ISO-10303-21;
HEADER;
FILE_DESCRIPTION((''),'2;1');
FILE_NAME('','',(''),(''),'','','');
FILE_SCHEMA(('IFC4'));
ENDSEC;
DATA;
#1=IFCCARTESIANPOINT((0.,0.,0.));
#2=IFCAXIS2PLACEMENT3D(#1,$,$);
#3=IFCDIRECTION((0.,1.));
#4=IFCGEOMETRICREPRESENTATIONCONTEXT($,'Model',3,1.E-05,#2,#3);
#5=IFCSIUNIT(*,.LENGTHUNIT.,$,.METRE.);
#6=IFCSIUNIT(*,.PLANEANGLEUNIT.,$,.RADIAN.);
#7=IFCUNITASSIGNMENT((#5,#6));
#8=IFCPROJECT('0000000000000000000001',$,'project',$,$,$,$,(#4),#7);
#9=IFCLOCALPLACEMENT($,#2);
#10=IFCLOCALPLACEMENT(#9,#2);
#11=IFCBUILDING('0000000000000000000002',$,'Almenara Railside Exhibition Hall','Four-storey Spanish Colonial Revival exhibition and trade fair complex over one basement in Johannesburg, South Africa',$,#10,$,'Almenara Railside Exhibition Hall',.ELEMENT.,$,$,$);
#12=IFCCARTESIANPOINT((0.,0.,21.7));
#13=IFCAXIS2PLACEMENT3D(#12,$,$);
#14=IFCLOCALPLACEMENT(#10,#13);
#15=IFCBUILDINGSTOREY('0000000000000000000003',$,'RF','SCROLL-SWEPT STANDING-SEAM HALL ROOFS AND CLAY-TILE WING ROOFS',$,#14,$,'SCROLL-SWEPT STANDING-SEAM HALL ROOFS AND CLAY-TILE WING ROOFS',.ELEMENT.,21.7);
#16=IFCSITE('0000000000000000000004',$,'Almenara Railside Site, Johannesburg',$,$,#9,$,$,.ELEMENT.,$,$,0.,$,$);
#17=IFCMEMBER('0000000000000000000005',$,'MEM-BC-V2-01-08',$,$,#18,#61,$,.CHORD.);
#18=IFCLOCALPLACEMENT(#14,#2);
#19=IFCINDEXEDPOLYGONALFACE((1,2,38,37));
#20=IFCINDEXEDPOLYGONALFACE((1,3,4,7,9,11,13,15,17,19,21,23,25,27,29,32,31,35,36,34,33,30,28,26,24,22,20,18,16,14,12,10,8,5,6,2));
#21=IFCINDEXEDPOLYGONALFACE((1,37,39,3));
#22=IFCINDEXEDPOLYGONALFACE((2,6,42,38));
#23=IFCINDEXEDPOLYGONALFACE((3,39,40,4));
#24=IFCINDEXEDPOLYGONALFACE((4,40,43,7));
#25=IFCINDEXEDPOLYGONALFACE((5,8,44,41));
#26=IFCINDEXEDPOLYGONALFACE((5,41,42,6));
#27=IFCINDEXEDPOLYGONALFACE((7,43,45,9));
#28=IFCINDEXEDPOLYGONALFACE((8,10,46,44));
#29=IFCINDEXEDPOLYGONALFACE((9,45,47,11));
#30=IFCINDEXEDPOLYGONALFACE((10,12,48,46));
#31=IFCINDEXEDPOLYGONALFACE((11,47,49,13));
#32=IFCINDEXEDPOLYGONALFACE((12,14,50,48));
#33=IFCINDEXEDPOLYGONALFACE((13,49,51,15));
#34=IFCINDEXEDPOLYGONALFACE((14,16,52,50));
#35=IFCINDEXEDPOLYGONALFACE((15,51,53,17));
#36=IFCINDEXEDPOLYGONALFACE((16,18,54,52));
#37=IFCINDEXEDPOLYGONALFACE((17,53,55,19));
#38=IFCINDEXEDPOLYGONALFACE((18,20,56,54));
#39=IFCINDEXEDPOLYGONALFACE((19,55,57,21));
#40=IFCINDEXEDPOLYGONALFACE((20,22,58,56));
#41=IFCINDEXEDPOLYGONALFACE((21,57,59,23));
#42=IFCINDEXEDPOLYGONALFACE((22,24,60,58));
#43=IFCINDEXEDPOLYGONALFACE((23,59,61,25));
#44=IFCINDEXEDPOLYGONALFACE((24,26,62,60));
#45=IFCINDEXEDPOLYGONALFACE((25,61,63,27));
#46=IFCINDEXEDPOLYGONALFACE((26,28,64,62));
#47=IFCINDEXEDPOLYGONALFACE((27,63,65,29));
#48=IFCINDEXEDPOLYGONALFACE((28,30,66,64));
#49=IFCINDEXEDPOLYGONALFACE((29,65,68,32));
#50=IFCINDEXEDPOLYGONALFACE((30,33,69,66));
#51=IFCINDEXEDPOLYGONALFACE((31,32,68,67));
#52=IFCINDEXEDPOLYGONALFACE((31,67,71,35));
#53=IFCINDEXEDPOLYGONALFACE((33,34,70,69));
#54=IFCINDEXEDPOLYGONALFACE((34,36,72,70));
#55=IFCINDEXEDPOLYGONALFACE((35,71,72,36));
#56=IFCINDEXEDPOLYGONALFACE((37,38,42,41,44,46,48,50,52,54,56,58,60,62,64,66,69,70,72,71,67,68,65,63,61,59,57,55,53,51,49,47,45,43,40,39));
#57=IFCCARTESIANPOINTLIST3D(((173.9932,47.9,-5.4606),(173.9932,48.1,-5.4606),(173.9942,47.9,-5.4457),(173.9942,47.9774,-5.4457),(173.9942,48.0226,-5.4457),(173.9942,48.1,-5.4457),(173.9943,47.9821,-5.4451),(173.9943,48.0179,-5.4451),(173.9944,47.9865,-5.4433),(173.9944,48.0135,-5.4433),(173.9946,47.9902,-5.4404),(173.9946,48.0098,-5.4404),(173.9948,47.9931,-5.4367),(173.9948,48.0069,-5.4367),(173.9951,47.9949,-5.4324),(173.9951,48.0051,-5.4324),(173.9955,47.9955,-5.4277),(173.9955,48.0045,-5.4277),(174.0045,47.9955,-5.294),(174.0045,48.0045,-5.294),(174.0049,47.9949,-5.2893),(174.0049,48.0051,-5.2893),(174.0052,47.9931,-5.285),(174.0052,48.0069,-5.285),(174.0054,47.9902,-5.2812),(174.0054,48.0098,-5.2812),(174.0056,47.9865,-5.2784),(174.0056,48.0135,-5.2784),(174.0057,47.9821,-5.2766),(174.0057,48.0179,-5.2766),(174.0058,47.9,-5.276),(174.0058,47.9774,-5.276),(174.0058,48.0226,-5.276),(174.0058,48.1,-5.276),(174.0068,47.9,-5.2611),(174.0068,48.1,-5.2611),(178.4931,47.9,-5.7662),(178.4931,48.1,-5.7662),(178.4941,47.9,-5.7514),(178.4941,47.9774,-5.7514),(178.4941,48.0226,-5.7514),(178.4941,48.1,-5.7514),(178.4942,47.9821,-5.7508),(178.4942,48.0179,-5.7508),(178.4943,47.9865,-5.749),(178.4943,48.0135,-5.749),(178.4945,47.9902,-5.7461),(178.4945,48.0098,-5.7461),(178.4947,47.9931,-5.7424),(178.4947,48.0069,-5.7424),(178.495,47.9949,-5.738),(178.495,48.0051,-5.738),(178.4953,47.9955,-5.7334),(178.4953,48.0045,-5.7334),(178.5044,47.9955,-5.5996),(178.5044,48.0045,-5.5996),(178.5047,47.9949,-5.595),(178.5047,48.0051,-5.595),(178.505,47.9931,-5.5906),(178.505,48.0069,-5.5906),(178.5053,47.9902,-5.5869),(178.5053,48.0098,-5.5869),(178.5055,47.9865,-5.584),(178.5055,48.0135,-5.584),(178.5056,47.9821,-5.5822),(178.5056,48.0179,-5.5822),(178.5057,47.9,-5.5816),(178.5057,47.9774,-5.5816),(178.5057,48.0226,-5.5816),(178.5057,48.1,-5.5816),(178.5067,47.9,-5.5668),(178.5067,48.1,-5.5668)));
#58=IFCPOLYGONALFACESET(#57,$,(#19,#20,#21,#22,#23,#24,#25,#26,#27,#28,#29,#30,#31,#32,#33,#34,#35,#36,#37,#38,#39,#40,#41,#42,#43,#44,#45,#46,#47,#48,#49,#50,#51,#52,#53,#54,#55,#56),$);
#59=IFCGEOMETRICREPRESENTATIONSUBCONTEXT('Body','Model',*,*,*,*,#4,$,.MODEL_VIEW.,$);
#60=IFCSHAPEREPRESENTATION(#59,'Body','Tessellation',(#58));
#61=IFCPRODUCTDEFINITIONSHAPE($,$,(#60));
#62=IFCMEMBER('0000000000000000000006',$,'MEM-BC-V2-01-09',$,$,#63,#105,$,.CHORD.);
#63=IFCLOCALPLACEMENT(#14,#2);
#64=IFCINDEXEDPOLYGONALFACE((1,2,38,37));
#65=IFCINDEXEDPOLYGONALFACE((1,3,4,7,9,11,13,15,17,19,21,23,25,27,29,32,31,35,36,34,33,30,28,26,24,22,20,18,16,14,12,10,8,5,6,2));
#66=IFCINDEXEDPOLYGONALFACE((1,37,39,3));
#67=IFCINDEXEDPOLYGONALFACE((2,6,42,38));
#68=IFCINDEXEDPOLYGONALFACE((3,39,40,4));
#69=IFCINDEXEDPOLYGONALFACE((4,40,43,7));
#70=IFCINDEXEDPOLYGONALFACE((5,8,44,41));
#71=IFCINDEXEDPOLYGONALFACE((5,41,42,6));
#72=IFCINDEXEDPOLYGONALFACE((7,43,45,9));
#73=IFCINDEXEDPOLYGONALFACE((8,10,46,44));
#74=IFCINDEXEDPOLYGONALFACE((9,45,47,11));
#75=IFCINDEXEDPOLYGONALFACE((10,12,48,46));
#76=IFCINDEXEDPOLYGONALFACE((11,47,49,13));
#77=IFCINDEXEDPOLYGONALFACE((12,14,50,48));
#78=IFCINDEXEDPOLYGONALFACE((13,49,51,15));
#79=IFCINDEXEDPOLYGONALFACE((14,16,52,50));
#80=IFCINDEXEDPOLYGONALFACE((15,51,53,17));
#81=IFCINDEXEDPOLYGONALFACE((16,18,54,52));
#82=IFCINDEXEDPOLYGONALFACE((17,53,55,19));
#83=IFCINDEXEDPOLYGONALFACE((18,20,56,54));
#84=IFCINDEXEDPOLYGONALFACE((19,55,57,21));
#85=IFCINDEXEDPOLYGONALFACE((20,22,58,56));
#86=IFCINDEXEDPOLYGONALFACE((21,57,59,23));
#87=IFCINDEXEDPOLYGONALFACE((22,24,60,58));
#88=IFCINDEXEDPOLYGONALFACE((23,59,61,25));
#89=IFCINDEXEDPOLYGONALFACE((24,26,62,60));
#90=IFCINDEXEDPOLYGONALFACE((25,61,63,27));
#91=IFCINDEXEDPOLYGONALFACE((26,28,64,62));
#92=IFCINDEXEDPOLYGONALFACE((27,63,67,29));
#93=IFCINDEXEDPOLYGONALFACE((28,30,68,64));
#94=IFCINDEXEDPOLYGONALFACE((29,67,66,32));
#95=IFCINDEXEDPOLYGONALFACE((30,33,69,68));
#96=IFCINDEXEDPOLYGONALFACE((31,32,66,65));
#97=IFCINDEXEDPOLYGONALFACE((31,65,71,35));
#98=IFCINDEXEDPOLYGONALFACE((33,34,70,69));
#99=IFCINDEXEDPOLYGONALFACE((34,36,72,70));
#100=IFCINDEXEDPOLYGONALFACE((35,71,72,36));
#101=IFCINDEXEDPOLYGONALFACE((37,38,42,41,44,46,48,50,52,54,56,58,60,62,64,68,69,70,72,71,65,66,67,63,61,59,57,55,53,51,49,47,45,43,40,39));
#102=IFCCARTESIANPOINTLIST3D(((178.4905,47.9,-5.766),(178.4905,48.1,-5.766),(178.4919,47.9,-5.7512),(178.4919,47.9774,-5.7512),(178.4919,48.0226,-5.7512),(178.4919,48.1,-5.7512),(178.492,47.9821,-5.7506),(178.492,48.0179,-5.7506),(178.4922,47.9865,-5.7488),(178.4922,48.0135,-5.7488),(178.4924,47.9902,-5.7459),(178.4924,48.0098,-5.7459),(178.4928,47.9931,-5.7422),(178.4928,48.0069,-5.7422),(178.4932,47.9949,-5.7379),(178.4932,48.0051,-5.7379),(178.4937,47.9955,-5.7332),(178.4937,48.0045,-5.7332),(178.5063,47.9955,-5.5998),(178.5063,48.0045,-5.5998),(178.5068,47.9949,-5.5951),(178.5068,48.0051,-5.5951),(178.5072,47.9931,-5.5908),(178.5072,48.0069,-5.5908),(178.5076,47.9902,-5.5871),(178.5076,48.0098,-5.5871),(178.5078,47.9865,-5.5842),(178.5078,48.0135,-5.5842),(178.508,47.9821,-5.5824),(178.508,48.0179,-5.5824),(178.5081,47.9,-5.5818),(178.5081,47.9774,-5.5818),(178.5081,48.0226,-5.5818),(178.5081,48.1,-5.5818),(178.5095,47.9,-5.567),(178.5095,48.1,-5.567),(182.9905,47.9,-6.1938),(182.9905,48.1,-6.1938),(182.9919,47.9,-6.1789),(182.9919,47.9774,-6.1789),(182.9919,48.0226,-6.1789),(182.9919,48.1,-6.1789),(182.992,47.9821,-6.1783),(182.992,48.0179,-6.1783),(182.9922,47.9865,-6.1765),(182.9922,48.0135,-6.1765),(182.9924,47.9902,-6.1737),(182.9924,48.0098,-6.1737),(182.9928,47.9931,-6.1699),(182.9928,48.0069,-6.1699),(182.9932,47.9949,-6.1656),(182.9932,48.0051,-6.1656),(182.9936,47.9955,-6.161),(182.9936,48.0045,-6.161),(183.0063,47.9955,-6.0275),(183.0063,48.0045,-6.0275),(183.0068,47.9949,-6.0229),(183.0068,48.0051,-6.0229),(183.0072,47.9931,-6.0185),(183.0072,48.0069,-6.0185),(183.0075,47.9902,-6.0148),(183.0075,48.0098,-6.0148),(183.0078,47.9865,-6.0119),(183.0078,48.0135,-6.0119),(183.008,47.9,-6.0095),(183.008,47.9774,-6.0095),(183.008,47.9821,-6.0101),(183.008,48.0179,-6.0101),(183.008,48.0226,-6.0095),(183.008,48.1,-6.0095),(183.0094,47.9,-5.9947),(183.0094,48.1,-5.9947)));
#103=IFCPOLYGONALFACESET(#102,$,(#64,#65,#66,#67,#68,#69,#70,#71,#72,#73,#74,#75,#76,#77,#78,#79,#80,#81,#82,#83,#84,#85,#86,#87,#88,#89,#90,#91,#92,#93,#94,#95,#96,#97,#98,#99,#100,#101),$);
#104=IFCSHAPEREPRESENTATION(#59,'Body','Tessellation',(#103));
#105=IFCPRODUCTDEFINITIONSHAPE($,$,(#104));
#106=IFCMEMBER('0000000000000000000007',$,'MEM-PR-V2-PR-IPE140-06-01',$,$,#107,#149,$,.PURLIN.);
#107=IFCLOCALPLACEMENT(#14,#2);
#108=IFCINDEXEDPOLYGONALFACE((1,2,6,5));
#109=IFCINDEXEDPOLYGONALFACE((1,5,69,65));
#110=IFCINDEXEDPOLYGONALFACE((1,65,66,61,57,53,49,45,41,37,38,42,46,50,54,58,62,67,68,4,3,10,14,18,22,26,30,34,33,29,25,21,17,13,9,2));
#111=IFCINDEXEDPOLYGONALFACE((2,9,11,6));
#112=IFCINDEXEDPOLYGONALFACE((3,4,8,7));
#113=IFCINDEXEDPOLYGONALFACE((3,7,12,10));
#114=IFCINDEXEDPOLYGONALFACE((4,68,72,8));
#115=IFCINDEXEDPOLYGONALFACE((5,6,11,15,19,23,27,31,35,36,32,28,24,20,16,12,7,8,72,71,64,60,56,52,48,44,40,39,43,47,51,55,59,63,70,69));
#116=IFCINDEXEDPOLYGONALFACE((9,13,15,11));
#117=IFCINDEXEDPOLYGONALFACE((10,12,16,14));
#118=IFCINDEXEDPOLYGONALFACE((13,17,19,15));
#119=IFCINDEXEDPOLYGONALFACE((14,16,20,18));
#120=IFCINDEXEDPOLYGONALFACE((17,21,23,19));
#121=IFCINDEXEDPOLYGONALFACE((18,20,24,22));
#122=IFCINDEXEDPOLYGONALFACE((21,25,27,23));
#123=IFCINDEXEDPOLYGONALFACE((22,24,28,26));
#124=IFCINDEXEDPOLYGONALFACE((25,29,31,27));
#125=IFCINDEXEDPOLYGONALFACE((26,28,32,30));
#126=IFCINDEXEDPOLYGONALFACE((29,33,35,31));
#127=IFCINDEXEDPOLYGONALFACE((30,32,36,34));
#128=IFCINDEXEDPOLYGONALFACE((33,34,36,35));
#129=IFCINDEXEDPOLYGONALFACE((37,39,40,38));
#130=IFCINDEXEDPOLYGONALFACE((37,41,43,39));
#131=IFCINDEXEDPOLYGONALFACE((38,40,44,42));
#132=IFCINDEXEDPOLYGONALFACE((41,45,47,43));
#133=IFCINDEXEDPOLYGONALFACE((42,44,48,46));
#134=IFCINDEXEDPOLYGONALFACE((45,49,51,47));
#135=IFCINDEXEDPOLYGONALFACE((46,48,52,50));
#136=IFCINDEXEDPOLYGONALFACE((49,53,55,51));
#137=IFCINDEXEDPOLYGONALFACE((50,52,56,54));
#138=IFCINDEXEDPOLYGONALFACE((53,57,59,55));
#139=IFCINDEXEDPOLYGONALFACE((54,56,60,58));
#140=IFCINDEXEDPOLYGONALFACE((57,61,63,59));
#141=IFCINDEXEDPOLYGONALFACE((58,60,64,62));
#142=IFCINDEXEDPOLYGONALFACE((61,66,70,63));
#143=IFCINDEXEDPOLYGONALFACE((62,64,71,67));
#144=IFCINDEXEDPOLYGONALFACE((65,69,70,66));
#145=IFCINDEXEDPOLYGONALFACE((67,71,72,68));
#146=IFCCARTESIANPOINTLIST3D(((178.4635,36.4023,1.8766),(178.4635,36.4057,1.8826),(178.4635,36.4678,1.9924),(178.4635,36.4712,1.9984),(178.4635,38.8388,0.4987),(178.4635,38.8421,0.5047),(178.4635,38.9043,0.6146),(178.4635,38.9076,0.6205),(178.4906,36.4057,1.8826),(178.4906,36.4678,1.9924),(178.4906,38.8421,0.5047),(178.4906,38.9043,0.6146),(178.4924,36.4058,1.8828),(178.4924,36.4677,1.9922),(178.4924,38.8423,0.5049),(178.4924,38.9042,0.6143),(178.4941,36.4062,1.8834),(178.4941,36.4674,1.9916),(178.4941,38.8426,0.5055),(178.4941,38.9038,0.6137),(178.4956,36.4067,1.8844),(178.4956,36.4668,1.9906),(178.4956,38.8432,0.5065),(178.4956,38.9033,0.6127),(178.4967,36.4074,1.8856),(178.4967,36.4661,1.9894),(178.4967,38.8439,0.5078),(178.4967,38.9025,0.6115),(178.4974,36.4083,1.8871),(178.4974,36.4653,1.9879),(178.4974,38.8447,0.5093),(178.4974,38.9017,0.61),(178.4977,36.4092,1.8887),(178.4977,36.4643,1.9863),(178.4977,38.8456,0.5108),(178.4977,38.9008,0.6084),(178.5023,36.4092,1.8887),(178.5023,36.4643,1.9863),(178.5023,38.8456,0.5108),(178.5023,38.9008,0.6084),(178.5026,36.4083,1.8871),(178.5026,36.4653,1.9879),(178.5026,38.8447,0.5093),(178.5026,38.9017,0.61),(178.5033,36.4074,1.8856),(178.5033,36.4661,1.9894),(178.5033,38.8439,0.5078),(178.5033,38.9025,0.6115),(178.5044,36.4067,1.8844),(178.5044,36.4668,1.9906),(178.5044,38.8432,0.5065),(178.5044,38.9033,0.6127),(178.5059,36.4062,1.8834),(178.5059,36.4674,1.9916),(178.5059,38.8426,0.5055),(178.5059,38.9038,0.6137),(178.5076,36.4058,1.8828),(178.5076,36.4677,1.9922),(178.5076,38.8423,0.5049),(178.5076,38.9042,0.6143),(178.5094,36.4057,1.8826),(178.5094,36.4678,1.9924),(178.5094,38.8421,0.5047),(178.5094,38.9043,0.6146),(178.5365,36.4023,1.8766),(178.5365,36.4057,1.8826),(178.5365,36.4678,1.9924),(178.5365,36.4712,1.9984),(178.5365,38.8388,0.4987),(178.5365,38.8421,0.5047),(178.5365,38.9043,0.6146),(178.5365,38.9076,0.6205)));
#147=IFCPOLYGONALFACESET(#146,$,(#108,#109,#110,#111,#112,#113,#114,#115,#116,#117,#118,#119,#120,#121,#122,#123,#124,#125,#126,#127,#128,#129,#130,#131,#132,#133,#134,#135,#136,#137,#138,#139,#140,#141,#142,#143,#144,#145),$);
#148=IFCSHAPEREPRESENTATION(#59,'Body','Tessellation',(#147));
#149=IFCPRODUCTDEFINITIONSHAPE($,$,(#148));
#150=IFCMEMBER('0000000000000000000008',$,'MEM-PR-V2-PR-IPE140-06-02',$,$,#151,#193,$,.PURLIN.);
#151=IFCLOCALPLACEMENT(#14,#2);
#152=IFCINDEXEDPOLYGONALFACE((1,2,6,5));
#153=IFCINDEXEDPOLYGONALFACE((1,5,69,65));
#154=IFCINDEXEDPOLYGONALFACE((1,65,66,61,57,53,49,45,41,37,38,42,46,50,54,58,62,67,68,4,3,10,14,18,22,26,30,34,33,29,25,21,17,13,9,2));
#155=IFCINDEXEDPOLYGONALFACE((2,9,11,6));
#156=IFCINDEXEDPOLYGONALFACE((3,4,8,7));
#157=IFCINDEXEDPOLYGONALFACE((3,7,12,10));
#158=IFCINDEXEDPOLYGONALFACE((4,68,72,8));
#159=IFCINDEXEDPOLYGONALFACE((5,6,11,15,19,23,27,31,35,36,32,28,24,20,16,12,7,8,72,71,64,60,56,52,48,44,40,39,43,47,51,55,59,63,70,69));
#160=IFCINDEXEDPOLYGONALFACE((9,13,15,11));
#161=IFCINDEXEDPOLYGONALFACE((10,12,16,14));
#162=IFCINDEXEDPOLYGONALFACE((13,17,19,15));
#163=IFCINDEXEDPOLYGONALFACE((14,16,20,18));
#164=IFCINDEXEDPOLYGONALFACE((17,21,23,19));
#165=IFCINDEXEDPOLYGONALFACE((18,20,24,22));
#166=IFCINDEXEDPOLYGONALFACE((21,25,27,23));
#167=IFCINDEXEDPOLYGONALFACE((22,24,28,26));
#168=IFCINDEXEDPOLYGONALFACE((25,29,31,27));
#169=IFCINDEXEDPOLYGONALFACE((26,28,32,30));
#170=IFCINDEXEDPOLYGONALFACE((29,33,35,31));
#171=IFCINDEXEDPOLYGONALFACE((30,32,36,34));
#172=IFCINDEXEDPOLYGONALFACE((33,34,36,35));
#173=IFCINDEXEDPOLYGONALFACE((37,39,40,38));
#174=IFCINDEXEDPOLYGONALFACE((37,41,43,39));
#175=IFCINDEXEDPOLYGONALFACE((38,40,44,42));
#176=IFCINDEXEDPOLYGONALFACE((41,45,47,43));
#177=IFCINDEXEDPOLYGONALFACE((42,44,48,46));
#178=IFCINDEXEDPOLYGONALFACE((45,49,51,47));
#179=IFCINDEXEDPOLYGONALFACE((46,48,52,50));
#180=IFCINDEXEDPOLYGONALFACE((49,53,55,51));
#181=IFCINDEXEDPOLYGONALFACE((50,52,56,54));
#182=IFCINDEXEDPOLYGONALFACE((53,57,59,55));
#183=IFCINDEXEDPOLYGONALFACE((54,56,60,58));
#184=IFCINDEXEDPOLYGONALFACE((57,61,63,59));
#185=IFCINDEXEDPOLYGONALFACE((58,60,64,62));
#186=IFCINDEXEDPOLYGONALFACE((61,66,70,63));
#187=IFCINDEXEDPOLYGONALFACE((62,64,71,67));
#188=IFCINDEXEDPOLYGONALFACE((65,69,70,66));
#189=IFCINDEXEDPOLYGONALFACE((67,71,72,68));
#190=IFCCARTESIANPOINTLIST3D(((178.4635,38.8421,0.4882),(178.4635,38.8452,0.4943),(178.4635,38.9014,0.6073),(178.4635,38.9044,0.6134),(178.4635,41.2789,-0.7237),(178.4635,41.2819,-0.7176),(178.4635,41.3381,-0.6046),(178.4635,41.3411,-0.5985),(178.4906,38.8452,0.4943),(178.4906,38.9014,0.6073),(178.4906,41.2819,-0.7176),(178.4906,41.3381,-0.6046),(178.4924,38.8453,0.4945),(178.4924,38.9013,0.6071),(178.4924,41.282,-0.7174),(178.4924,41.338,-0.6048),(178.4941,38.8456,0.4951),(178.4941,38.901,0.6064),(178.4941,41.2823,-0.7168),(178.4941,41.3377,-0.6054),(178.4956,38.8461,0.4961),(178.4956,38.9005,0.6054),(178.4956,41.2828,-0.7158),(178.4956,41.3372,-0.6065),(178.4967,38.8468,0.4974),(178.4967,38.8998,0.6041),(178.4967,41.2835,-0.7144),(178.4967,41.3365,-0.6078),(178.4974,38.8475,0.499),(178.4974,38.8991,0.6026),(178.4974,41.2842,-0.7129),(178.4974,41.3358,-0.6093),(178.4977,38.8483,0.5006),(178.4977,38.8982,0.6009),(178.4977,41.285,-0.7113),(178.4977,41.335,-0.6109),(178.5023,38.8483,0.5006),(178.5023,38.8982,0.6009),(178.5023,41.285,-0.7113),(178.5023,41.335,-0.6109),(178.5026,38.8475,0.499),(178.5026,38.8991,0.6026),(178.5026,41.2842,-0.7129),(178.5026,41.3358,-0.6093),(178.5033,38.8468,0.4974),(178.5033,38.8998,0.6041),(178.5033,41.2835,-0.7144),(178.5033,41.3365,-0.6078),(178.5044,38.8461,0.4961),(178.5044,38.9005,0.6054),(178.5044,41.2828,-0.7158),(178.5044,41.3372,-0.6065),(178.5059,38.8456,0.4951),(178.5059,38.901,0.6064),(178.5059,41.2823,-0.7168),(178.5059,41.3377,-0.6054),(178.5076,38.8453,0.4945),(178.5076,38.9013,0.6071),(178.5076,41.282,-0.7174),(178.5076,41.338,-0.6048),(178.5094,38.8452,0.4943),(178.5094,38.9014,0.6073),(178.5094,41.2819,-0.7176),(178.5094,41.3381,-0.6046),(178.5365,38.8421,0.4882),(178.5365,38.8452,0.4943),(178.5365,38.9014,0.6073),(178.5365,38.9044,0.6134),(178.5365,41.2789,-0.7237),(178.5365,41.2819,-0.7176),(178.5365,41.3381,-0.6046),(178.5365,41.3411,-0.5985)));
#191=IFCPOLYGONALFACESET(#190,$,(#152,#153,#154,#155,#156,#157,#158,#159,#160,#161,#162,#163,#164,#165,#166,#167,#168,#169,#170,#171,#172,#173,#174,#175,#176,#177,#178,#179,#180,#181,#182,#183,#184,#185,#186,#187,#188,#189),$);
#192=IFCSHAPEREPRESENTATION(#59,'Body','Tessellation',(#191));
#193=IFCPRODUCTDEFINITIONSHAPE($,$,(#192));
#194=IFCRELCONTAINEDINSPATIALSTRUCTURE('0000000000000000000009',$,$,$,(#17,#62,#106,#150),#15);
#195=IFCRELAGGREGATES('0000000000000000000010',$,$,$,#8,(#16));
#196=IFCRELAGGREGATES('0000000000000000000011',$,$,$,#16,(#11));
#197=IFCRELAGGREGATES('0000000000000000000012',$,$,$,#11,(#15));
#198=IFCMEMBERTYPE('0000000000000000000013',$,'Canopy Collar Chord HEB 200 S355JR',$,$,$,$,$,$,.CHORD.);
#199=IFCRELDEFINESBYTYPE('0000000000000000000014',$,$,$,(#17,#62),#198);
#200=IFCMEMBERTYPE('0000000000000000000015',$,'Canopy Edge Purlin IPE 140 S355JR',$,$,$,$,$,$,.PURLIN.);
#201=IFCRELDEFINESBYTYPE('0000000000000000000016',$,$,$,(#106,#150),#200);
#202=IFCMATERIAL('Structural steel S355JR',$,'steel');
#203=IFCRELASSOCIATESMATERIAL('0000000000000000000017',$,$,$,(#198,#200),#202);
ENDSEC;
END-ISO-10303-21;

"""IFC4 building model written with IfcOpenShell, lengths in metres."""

from ifc_helpers import new_model, si_unit, direction, frame, origin, origin_2d, place, context, subcontext, project, spatial, i_section, extrude, material, material_profile, profile_set, type_object, element, save


model = new_model("IFC4")

# Units and contexts
model_context = context("Model", 3, precision=1e-05, world=origin(), true_north=direction((0.0, 1.0)))
body_context = subcontext(model_context, "Body", "Model", "MODEL_VIEW")
ifc_project = project(units=[si_unit("LENGTHUNIT", "METRE"), si_unit("PLANEANGLEUNIT", "RADIAN")], contexts=[model_context])

# Site, building, storey
site_placement = place(None, origin())
site = spatial("IfcSite", under=ifc_project, at=site_placement, Name="Almenara Railside Site, Johannesburg", CompositionType="ELEMENT", RefElevation=0.0)
building_placement = place(site_placement, origin())
building = spatial("IfcBuilding", under=site, at=building_placement, Name="Almenara Railside Exhibition Hall", Description="Four-storey Spanish Colonial Revival exhibition and trade fair complex over one basement in Johannesburg, South Africa", LongName="Almenara Railside Exhibition Hall", CompositionType="ELEMENT")
storey_placement = place(building_placement, frame((0.0, 0.0, 21.7)))
storey = spatial("IfcBuildingStorey", under=building, at=storey_placement, Name="RF", Description="SCROLL-SWEPT STANDING-SEAM HALL ROOFS AND CLAY-TILE WING ROOFS", LongName="SCROLL-SWEPT STANDING-SEAM HALL ROOFS AND CLAY-TILE WING ROOFS", CompositionType="ELEMENT", Elevation=21.7)

# Members
ifc_material_1 = material(Name="Structural steel S355JR", Category="steel")
ifc_material_profile_1 = material_profile(ifc_material_1, i_section(OverallWidth=0.2, OverallDepth=0.2, WebThickness=0.009, FlangeThickness=0.0149, FilletRadius=0.0181, at=origin_2d()), Name="HEB 200")
ifc_profile_set_1 = profile_set([ifc_material_profile_1], Name="Structural steel S355JR")
member_type_1 = type_object("IfcMemberType", Name="Canopy Collar Chord HEB 200 S355JR", PredefinedType="CHORD", material=ifc_profile_set_1)
member_1_placement = place(storey_placement, frame((174.0, 48.0, -5.3608), z_axis=(0.997701, 0.0, -0.067769), x_axis=(0.0, 1.0, 0.0)))
element("IfcMember", 1, at=member_1_placement, inside=storey, type_object=member_type_1, Name="MEM-BC-V2-01-08", PredefinedType="CHORD", context=body_context, shape_type="SweptSolid", body=[
    extrude(i_section(OverallWidth=0.2, OverallDepth=0.2, WebThickness=0.009, FlangeThickness=0.0149, FilletRadius=0.0181, at=origin_2d()), origin(), (0.0, 0.0, 1.0), 4.5103),
])
member_2_placement = place(storey_placement, frame((178.5, 48.0, -5.6665), z_axis=(0.995513, 0.0, -0.094626), x_axis=(0.0, 1.0, 0.0)))
element("IfcMember", 2, at=member_2_placement, inside=storey, type_object=member_type_1, Name="MEM-BC-V2-01-09", PredefinedType="CHORD", context=body_context, shape_type="SweptSolid", body=[
    extrude(i_section(OverallWidth=0.2, OverallDepth=0.2, WebThickness=0.009, FlangeThickness=0.0149, FilletRadius=0.0181, at=origin_2d()), origin(), (0.0, 0.0, 1.0), 4.5203),
])
ifc_material_profile_2 = material_profile(ifc_material_1, i_section(OverallWidth=0.073, OverallDepth=0.1399, WebThickness=0.0046, FlangeThickness=0.0068, FilletRadius=0.0071, at=origin_2d()), Name="IPE 140")
ifc_profile_set_2 = profile_set([ifc_material_profile_2], Name="Structural steel S355JR")
member_type_2 = type_object("IfcMemberType", Name="Canopy Edge Purlin IPE 140 S355JR", PredefinedType="PURLIN", material=ifc_profile_set_2)
member_3_placement = place(storey_placement, frame((178.5, 36.4368, 1.9375), z_axis=(0.0, 0.870446, -0.492264), x_axis=(-1.0, 0.0, 0.0)))
element("IfcMember", 3, at=member_3_placement, inside=storey, type_object=member_type_2, Name="MEM-PR-V2-PR-IPE140-06-01", PredefinedType="PURLIN", context=body_context, shape_type="SweptSolid", body=[
    extrude(i_section(OverallWidth=0.073, OverallDepth=0.1399, WebThickness=0.0046, FlangeThickness=0.0068, FilletRadius=0.0071, at=origin_2d()), origin(), (0.0, 0.0, 1.0), 2.7991),
])
member_4_placement = place(storey_placement, frame((178.5, 38.8733, 0.5508), z_axis=(0.0, 0.895376, -0.445311), x_axis=(-1.0, 0.0, 0.0)))
element("IfcMember", 4, at=member_4_placement, inside=storey, type_object=member_type_2, Name="MEM-PR-V2-PR-IPE140-06-02", PredefinedType="PURLIN", context=body_context, shape_type="SweptSolid", body=[
    extrude(i_section(OverallWidth=0.073, OverallDepth=0.1399, WebThickness=0.0046, FlangeThickness=0.0068, FilletRadius=0.0071, at=origin_2d()), origin(), (0.0, 0.0, 1.0), 2.7214),
])

save(model, "model.ifc")
